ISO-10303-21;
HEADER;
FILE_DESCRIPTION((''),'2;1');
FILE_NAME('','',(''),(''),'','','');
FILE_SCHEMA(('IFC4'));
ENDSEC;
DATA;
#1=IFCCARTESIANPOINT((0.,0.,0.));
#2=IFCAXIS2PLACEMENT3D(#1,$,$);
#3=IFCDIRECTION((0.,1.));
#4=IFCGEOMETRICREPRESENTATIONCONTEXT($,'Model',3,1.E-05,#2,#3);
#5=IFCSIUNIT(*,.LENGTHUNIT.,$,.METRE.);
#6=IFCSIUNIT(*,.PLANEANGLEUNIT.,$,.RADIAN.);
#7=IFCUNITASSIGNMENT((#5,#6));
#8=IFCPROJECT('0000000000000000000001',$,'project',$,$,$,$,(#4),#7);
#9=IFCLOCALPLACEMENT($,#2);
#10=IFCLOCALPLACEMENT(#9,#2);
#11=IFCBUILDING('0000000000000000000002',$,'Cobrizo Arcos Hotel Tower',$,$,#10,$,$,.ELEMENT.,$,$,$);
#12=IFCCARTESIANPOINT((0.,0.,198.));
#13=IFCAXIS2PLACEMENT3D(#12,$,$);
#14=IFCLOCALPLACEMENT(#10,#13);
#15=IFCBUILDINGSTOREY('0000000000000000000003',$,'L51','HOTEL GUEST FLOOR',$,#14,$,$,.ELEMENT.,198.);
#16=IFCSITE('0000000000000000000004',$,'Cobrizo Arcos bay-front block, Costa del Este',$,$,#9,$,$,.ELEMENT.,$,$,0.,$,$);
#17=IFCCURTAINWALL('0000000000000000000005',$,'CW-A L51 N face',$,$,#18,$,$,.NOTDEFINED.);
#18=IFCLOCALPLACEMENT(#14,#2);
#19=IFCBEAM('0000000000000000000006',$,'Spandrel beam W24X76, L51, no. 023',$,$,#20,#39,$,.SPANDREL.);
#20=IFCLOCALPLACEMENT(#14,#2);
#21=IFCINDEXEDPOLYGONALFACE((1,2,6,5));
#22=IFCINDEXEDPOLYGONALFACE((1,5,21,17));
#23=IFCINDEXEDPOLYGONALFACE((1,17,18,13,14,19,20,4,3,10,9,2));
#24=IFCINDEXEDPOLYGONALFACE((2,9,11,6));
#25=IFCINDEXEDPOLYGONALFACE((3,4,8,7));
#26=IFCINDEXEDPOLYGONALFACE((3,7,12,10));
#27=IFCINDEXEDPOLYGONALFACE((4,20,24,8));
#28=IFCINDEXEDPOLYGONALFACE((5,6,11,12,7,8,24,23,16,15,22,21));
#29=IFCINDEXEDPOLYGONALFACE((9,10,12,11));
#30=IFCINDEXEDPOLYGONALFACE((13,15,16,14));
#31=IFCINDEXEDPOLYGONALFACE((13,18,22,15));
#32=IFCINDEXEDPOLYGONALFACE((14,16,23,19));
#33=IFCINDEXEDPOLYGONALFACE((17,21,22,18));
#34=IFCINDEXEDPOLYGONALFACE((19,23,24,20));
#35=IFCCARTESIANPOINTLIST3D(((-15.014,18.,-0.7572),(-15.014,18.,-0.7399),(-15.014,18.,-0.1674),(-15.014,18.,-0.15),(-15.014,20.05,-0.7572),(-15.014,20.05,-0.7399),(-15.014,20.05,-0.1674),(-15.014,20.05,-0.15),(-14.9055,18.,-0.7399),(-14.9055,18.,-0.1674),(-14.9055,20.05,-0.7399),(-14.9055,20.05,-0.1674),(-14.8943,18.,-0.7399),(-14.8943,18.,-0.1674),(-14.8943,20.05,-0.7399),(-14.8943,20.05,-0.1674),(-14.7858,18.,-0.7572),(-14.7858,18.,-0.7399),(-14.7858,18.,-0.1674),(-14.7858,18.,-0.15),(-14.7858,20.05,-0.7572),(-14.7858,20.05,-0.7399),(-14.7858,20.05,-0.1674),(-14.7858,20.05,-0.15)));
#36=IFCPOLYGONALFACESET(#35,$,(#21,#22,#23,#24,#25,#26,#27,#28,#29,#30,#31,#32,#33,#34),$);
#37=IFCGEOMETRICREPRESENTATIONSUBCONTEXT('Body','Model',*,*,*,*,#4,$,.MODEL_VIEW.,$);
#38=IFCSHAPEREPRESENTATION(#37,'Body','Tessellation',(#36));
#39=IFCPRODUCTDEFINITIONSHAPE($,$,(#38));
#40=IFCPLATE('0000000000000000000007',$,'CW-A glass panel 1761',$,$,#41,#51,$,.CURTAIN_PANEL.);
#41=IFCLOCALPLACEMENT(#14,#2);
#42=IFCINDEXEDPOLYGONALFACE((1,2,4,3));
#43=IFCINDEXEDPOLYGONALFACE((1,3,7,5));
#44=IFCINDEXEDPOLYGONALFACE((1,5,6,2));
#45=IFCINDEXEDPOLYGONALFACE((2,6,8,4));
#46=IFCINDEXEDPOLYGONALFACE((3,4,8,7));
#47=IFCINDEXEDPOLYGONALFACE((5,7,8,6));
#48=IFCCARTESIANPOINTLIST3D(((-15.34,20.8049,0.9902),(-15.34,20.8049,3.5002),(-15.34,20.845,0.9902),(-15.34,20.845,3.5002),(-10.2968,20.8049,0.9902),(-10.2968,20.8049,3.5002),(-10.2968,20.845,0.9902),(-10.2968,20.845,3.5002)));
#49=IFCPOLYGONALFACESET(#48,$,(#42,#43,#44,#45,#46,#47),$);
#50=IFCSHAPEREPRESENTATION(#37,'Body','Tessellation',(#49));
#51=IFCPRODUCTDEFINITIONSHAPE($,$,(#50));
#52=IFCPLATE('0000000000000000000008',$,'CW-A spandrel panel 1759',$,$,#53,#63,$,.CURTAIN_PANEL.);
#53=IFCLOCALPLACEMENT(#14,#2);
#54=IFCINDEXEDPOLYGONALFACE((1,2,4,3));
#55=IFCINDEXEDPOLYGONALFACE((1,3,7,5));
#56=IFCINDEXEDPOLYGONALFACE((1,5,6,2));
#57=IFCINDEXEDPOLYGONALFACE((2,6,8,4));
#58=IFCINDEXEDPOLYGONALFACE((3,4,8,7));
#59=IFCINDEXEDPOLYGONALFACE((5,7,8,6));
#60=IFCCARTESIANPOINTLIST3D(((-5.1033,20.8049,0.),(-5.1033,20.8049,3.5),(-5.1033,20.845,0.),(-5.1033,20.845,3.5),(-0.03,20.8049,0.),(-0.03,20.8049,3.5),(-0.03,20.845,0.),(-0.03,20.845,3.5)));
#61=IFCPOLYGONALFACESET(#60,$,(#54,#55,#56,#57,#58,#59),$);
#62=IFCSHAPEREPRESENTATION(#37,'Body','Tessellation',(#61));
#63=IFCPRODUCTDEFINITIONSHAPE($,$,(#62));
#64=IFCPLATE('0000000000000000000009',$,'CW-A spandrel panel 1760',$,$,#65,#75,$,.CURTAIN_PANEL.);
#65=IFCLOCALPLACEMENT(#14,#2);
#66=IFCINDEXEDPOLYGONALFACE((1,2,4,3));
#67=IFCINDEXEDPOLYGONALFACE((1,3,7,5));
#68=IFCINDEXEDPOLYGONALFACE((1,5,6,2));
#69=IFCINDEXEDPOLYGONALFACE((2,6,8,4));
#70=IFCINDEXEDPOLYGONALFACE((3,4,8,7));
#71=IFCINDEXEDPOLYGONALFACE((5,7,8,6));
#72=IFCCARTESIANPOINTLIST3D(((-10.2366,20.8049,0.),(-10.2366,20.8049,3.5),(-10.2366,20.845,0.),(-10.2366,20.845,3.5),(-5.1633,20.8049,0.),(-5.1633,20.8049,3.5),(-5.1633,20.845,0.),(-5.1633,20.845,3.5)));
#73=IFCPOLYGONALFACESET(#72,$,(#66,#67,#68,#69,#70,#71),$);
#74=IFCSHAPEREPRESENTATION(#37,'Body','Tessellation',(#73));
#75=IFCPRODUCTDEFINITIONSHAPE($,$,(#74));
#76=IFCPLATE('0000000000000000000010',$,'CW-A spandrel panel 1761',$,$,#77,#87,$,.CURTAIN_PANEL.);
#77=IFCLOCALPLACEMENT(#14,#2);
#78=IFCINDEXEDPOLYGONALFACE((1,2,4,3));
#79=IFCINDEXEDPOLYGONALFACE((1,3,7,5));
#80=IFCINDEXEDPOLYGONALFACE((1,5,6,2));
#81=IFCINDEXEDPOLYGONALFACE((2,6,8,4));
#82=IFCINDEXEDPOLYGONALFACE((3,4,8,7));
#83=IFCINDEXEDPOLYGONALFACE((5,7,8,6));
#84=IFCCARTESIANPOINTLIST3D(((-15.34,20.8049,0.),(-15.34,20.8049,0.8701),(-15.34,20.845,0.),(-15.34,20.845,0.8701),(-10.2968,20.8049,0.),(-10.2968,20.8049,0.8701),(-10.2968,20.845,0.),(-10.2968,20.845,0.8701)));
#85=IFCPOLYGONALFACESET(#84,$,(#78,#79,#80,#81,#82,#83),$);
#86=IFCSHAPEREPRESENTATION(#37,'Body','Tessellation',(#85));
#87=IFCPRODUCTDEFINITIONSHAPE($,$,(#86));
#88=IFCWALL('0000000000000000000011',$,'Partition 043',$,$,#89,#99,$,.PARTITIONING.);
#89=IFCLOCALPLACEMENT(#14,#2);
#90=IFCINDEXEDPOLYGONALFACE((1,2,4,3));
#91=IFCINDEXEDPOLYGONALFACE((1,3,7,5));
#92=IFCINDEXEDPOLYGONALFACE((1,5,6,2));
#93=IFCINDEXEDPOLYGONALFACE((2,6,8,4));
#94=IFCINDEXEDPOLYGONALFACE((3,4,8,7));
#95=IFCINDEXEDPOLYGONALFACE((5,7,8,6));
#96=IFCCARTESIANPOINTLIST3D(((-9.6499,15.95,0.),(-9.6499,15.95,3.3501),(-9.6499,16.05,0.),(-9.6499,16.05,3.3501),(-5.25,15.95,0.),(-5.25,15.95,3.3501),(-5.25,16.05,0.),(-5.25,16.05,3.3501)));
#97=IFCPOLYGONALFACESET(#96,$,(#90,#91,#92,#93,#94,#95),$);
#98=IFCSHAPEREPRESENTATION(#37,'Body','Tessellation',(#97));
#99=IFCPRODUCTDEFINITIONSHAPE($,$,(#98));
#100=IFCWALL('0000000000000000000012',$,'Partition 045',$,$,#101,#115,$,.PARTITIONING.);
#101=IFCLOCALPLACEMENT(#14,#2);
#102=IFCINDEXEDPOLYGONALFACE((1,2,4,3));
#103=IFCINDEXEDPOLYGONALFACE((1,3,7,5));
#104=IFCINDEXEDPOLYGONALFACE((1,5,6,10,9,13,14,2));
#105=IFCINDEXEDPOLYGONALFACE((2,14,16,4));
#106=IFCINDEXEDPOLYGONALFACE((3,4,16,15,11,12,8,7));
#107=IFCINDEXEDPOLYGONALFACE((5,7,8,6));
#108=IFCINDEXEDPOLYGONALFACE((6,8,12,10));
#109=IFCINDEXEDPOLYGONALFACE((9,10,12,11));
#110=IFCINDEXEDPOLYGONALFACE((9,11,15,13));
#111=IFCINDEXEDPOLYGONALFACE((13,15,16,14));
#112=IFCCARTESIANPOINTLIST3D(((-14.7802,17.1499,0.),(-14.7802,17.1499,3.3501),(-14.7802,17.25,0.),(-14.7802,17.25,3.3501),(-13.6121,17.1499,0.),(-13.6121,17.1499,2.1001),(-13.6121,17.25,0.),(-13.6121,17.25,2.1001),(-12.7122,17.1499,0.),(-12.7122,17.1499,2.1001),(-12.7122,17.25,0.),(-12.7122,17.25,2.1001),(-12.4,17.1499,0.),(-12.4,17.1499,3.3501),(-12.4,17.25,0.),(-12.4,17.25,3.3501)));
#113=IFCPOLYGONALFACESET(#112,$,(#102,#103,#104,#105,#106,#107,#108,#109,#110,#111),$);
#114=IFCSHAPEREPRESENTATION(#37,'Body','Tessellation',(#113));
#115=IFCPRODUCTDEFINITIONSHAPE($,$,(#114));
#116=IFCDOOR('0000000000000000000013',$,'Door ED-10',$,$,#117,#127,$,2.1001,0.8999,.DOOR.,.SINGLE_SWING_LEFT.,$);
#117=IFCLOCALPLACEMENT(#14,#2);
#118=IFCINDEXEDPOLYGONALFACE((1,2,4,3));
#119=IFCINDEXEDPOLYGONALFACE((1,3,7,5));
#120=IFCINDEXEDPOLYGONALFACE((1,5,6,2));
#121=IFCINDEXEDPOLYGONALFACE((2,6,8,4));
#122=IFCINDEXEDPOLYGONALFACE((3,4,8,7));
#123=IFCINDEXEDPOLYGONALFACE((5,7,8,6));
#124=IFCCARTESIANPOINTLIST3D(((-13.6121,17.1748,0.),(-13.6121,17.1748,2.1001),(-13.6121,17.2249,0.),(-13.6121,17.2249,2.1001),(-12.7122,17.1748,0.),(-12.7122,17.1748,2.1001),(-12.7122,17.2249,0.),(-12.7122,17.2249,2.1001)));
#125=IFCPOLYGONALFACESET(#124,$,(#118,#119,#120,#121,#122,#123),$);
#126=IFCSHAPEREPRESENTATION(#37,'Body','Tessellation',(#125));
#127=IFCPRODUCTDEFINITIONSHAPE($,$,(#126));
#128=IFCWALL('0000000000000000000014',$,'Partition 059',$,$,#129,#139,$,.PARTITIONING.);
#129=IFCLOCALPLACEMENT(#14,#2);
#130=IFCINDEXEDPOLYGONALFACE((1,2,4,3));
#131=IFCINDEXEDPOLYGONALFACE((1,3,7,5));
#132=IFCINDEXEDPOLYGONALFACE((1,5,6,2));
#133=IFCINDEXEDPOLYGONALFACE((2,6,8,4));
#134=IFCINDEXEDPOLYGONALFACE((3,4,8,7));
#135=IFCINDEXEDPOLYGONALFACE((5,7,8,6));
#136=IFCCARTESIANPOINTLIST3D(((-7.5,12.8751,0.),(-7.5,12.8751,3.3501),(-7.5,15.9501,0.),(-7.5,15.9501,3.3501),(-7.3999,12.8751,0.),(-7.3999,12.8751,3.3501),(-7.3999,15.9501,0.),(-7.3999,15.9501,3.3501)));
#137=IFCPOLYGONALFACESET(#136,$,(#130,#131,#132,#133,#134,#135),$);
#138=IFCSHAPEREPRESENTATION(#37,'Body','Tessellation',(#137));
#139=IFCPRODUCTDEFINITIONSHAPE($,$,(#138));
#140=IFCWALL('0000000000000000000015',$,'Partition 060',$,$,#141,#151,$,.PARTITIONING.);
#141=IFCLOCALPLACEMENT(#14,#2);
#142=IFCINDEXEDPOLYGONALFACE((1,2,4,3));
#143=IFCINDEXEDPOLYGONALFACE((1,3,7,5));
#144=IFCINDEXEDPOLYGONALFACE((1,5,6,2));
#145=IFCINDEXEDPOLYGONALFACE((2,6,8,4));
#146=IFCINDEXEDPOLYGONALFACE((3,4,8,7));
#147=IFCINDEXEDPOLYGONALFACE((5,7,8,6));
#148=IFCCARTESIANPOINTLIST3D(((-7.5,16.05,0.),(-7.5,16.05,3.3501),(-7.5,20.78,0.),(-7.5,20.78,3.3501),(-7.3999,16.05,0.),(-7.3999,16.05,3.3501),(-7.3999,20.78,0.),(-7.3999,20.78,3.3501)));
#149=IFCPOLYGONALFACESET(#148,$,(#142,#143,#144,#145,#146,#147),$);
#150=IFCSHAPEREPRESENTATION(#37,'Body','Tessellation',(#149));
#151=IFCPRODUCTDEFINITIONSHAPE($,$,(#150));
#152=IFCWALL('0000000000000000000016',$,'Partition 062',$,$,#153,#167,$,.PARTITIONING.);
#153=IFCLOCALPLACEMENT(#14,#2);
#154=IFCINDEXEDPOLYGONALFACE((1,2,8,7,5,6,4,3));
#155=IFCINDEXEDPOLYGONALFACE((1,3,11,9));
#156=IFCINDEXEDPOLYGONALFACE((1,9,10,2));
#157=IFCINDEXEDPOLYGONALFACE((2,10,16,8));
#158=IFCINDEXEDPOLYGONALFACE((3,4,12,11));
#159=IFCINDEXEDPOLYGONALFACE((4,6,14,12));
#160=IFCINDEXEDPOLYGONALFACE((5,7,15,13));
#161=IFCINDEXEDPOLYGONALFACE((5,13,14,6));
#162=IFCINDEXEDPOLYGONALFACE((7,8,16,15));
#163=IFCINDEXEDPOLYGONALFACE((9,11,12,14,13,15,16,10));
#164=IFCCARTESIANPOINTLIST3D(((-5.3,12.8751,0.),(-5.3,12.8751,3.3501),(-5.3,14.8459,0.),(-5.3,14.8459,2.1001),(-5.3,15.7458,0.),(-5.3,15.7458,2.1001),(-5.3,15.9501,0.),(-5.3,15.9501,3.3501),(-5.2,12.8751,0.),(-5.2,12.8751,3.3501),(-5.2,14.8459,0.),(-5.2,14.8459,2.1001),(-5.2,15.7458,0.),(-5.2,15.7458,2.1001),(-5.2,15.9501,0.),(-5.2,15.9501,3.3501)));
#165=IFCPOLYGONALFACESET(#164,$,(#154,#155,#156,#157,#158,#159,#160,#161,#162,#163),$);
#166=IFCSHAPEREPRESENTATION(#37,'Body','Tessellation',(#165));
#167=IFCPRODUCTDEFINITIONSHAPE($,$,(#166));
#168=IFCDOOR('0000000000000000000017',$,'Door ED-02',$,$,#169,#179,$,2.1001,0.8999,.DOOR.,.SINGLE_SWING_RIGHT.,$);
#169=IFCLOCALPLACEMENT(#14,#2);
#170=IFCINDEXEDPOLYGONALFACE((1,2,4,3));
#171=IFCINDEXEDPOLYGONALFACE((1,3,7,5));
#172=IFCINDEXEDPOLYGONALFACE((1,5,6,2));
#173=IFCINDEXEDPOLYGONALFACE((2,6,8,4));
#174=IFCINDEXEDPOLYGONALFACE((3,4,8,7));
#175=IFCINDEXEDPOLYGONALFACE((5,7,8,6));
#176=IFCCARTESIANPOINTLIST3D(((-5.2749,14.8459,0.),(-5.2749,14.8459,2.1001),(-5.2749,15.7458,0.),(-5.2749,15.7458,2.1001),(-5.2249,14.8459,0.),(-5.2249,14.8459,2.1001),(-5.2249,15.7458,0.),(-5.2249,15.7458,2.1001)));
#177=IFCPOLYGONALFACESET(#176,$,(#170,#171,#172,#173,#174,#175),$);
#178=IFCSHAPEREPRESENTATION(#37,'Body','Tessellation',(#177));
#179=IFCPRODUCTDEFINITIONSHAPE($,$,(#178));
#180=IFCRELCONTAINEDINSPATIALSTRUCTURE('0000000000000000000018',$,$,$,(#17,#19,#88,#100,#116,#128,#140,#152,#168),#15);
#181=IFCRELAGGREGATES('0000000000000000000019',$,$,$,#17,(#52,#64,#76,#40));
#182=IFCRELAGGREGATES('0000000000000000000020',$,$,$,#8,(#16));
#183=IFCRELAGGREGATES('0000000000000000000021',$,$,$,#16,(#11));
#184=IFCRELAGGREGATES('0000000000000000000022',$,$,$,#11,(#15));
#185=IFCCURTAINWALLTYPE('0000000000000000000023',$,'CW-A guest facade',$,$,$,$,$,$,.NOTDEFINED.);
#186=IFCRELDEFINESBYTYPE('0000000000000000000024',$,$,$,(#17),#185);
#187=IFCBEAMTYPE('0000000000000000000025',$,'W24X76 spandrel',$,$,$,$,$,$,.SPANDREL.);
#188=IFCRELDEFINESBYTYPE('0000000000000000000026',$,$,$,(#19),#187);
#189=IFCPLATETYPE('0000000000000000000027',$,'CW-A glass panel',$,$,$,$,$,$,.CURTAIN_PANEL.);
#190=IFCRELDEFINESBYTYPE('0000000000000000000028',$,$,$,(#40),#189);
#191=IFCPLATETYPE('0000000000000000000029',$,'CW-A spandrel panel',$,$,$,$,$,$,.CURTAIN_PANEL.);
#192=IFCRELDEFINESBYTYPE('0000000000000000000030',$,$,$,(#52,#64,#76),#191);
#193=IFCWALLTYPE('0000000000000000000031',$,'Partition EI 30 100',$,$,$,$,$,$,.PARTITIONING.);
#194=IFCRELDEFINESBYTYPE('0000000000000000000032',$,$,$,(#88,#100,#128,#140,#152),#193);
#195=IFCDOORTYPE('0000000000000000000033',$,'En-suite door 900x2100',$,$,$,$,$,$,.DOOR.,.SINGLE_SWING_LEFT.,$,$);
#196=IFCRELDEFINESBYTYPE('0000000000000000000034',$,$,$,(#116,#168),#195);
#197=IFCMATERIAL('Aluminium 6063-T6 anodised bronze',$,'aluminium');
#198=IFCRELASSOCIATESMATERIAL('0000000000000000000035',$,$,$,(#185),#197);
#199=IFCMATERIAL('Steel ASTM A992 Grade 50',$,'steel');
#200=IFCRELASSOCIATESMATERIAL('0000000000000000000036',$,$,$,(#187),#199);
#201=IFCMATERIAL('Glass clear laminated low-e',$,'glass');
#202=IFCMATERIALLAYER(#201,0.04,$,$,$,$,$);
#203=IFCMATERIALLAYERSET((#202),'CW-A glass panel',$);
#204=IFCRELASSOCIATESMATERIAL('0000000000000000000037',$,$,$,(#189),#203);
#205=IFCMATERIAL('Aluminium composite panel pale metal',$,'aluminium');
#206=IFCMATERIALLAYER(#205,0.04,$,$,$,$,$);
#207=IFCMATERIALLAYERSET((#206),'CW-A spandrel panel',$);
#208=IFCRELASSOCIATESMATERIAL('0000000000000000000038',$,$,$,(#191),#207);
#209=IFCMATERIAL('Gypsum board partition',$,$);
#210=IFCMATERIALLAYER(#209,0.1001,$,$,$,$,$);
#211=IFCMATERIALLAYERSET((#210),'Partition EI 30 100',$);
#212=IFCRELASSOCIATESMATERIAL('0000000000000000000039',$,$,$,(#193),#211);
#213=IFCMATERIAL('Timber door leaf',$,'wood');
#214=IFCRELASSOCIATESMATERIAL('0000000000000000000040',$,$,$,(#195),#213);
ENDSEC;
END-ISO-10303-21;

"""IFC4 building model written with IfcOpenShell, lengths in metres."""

from ifc_helpers import new_model, si_unit, direction, frame, frame_2d, origin, origin_2d, place, context, subcontext, project, spatial, rectangle, i_section, extrude, material, layer, layer_set, material_profile, profile_set, type_object, element, fill, aggregate, save


model = new_model("IFC4")

# Units and contexts
model_context = context("Model", 3, precision=1e-05, world=origin(), true_north=direction((0.0, 1.0)))
body_context = subcontext(model_context, "Body", "Model", "MODEL_VIEW")
ifc_project = project(units=[si_unit("LENGTHUNIT", "METRE"), si_unit("PLANEANGLEUNIT", "RADIAN")], contexts=[model_context])

# Site, building, storey
site_placement = place(None, origin())
site = spatial("IfcSite", under=ifc_project, at=site_placement, Name="Cobrizo Arcos bay-front block, Costa del Este", CompositionType="ELEMENT", RefElevation=0.0)
building_placement = place(site_placement, origin())
building = spatial("IfcBuilding", under=site, at=building_placement, Name="Cobrizo Arcos Hotel Tower", CompositionType="ELEMENT")
storey_placement = place(building_placement, frame((0.0, 0.0, 198.0)))
storey = spatial("IfcBuildingStorey", under=building, at=storey_placement, Name="L51", Description="HOTEL GUEST FLOOR", CompositionType="ELEMENT", Elevation=198.0)

# Curtain wall
ifc_material_1 = material(Name="Aluminium 6063-T6 anodised bronze", Category="aluminium")
curtain_wall_type = type_object("IfcCurtainWallType", Name="CW-A guest facade", PredefinedType="NOTDEFINED", material=ifc_material_1)
curtain_wall_placement = place(storey_placement, origin())
curtain_wall = element("IfcCurtainWall", 1, at=curtain_wall_placement, inside=storey, type_object=curtain_wall_type, Name="CW-A L51 N face", PredefinedType="NOTDEFINED")

# Beam
ifc_material_2 = material(Name="Steel ASTM A992 Grade 50", Category="steel")
ifc_material_profile_1 = material_profile(ifc_material_2, i_section(OverallWidth=0.2283, OverallDepth=0.6072, WebThickness=0.0112, FlangeThickness=0.0173, at=origin_2d()), Name="W24X76")
ifc_profile_set_1 = profile_set([ifc_material_profile_1], Name="Steel ASTM A992 Grade 50")
beam_type = type_object("IfcBeamType", Name="W24X76 spandrel", PredefinedType="SPANDREL", material=ifc_profile_set_1)
beam_1_placement = place(storey_placement, frame((-14.8999, 20.05, -0.4536), z_axis=(0.0, -1.0, 0.0), x_axis=(1.0, 0.0, 0.0)))
element("IfcBeam", 2, at=beam_1_placement, inside=storey, type_object=beam_type, Name="Spandrel beam W24X76, L51, no. 023", PredefinedType="SPANDREL", context=body_context, shape_type="SweptSolid", body=[
    extrude(i_section(OverallWidth=0.2283, OverallDepth=0.6072, WebThickness=0.0112, FlangeThickness=0.0173, at=origin_2d()), origin(), (0.0, 0.0, 1.0), 2.05),
])

# Plates
ifc_material_3 = material(Name="Glass clear laminated low-e", Category="glass")
ifc_layer_1 = layer(ifc_material_3, 0.04)
ifc_layer_set_1 = layer_set([ifc_layer_1], Name="CW-A glass panel")
plate_type_1 = type_object("IfcPlateType", Name="CW-A glass panel", PredefinedType="CURTAIN_PANEL", material=ifc_layer_set_1)
plate_1_placement = place(storey_placement, frame((-12.8184, 20.825, 0.9902), z_axis=(0.0, 0.0, 1.0), x_axis=(-1.0, 0.0, 0.0)))
plate_1 = element("IfcPlate", 3, at=plate_1_placement, type_object=plate_type_1, Name="CW-A glass panel 1761", PredefinedType="CURTAIN_PANEL", context=body_context, shape_type="SweptSolid", body=[
    extrude(rectangle(XDim=5.0432, YDim=0.04, at=origin_2d()), origin(), (0.0, 0.0, 1.0), 2.51),
])
ifc_material_4 = material(Name="Aluminium composite panel pale metal", Category="aluminium")
ifc_layer_2 = layer(ifc_material_4, 0.04)
ifc_layer_set_2 = layer_set([ifc_layer_2], Name="CW-A spandrel panel")
plate_type_2 = type_object("IfcPlateType", Name="CW-A spandrel panel", PredefinedType="CURTAIN_PANEL", material=ifc_layer_set_2)
plate_2_placement = place(storey_placement, frame((-2.5667, 20.825, 0.0), z_axis=(0.0, 0.0, 1.0), x_axis=(-1.0, 0.0, 0.0)))
plate_2 = element("IfcPlate", 4, at=plate_2_placement, type_object=plate_type_2, Name="CW-A spandrel panel 1759", PredefinedType="CURTAIN_PANEL", context=body_context, shape_type="SweptSolid", body=[
    extrude(rectangle(XDim=5.0732, YDim=0.04, at=origin_2d()), origin(), (0.0, 0.0, 1.0), 3.5),
])
plate_3_placement = place(storey_placement, frame((-7.7, 20.825, 0.0), z_axis=(0.0, 0.0, 1.0), x_axis=(-1.0, 0.0, 0.0)))
plate_3 = element("IfcPlate", 5, at=plate_3_placement, type_object=plate_type_2, Name="CW-A spandrel panel 1760", PredefinedType="CURTAIN_PANEL", context=body_context, shape_type="SweptSolid", body=[
    extrude(rectangle(XDim=5.0732, YDim=0.04, at=origin_2d()), origin(), (0.0, 0.0, 1.0), 3.5),
])
plate_4_placement = place(storey_placement, frame((-12.8184, 20.825, 0.0), z_axis=(0.0, 0.0, 1.0), x_axis=(-1.0, 0.0, 0.0)))
plate_4 = element("IfcPlate", 6, at=plate_4_placement, type_object=plate_type_2, Name="CW-A spandrel panel 1761", PredefinedType="CURTAIN_PANEL", context=body_context, shape_type="SweptSolid", body=[
    extrude(rectangle(XDim=5.0432, YDim=0.04, at=origin_2d()), origin(), (0.0, 0.0, 1.0), 0.8701),
])
aggregate(curtain_wall, [plate_2, plate_3, plate_4, plate_1])

# Wall
ifc_material_5 = material(Name="Gypsum board partition")
ifc_layer_3 = layer(ifc_material_5, 0.1001)
ifc_layer_set_3 = layer_set([ifc_layer_3], Name="Partition EI 30 100")
wall_type = type_object("IfcWallType", Name="Partition EI 30 100", PredefinedType="PARTITIONING", material=ifc_layer_set_3)
wall_1_placement = place(storey_placement, frame((-9.6499, 16.0, 0.0), z_axis=(0.0, 0.0, 1.0), x_axis=(1.0, 0.0, 0.0)))
element("IfcWall", 7, at=wall_1_placement, inside=storey, type_object=wall_type, Name="Partition 043", PredefinedType="PARTITIONING", context=body_context, shape_type="SweptSolid", body=[
    extrude(rectangle(XDim=4.3999, YDim=0.1001, at=frame_2d((2.2, 0.0))), origin(), (0.0, 0.0, 1.0), 3.3501),
])

# Wall, opening, door
wall_2_placement = place(storey_placement, frame((-14.78, 17.2, 0.0), z_axis=(0.0, 0.0, 1.0), x_axis=(1.0, 0.0, 0.0)))
wall_2 = element("IfcWall", 8, at=wall_2_placement, inside=storey, type_object=wall_type, Name="Partition 045", PredefinedType="PARTITIONING", context=body_context, shape_type="SweptSolid", body=[
    extrude(rectangle(XDim=2.3801, YDim=0.1001, at=frame_2d((1.1899, 0.0))), origin(), (0.0, 0.0, 1.0), 3.3501),
])
opening_1_placement = place(wall_2_placement, frame((1.168, 0.0, 0.0)))
opening_1 = element("IfcOpeningElement", 9, at=opening_1_placement, cuts=wall_2, PredefinedType="OPENING", context=body_context, shape_type="SweptSolid", body=[
    extrude(rectangle(XDim=0.8999, YDim=2.1001, at=frame_2d((0.45, 1.05))), frame((0.0, 0.062, 0.0), z_axis=(0.0, -1.0, 0.0), x_axis=(1.0, 0.0, 0.0)), (0.0, 0.0, 1.0), 0.124),
])
ifc_material_6 = material(Name="Timber door leaf", Category="wood")
door_type = type_object("IfcDoorType", Name="En-suite door 900x2100", OperationType="SINGLE_SWING_LEFT", PredefinedType="DOOR", material=ifc_material_6)
door_1_placement = place(opening_1_placement, origin())
door_1 = element("IfcDoor", 10, at=door_1_placement, inside=storey, type_object=door_type, Name="Door ED-10", OperationType="SINGLE_SWING_LEFT", OverallHeight=2.1001, OverallWidth=0.8999, PredefinedType="DOOR", context=body_context, shape_type="SweptSolid", body=[
    extrude(rectangle(XDim=0.8999, YDim=2.1001, at=frame_2d((0.45, 1.05))), frame((0.0, 0.0249, 0.0), z_axis=(0.0, -1.0, 0.0), x_axis=(1.0, 0.0, 0.0)), (0.0, 0.0, 1.0), 0.05),
])
fill(opening_1, door_1)

# Walls
wall_3_placement = place(storey_placement, frame((-7.45, 12.875, 0.0), z_axis=(0.0, 0.0, 1.0), x_axis=(0.0, 1.0, 0.0)))
element("IfcWall", 11, at=wall_3_placement, inside=storey, type_object=wall_type, Name="Partition 059", PredefinedType="PARTITIONING", context=body_context, shape_type="SweptSolid", body=[
    extrude(rectangle(XDim=3.075, YDim=0.1001, at=frame_2d((1.5376, 0.0))), origin(), (0.0, 0.0, 1.0), 3.3501),
])
wall_4_placement = place(storey_placement, frame((-7.45, 16.05, 0.0), z_axis=(0.0, 0.0, 1.0), x_axis=(0.0, 1.0, 0.0)))
element("IfcWall", 12, at=wall_4_placement, inside=storey, type_object=wall_type, Name="Partition 060", PredefinedType="PARTITIONING", context=body_context, shape_type="SweptSolid", body=[
    extrude(rectangle(XDim=4.73, YDim=0.1001, at=frame_2d((2.365, 0.0))), origin(), (0.0, 0.0, 1.0), 3.3501),
])

# Wall, opening, door
wall_5_placement = place(storey_placement, frame((-5.25, 12.875, 0.0), z_axis=(0.0, 0.0, 1.0), x_axis=(0.0, 1.0, 0.0)))
wall_5 = element("IfcWall", 13, at=wall_5_placement, inside=storey, type_object=wall_type, Name="Partition 062", PredefinedType="PARTITIONING", context=body_context, shape_type="SweptSolid", body=[
    extrude(rectangle(XDim=3.075, YDim=0.1001, at=frame_2d((1.5376, 0.0))), origin(), (0.0, 0.0, 1.0), 3.3501),
])
opening_2_placement = place(wall_5_placement, frame((1.9709, 0.0, 0.0)))
opening_2 = element("IfcOpeningElement", 14, at=opening_2_placement, cuts=wall_5, PredefinedType="OPENING", context=body_context, shape_type="SweptSolid", body=[
    extrude(rectangle(XDim=0.8999, YDim=2.1001, at=frame_2d((0.45, 1.05))), frame((0.0, 0.062, 0.0), z_axis=(0.0, -1.0, 0.0), x_axis=(1.0, 0.0, 0.0)), (0.0, 0.0, 1.0), 0.124),
])
door_2_placement = place(opening_2_placement, origin())
door_2 = element("IfcDoor", 15, at=door_2_placement, inside=storey, type_object=door_type, Name="Door ED-02", OperationType="SINGLE_SWING_RIGHT", OverallHeight=2.1001, OverallWidth=0.8999, PredefinedType="DOOR", context=body_context, shape_type="SweptSolid", body=[
    extrude(rectangle(XDim=0.8999, YDim=2.1001, at=frame_2d((0.45, 1.05))), frame((0.0, 0.0249, 0.0), z_axis=(0.0, -1.0, 0.0), x_axis=(1.0, 0.0, 0.0)), (0.0, 0.0, 1.0), 0.05),
])
fill(opening_2, door_2)

save(model, "model.ifc")
